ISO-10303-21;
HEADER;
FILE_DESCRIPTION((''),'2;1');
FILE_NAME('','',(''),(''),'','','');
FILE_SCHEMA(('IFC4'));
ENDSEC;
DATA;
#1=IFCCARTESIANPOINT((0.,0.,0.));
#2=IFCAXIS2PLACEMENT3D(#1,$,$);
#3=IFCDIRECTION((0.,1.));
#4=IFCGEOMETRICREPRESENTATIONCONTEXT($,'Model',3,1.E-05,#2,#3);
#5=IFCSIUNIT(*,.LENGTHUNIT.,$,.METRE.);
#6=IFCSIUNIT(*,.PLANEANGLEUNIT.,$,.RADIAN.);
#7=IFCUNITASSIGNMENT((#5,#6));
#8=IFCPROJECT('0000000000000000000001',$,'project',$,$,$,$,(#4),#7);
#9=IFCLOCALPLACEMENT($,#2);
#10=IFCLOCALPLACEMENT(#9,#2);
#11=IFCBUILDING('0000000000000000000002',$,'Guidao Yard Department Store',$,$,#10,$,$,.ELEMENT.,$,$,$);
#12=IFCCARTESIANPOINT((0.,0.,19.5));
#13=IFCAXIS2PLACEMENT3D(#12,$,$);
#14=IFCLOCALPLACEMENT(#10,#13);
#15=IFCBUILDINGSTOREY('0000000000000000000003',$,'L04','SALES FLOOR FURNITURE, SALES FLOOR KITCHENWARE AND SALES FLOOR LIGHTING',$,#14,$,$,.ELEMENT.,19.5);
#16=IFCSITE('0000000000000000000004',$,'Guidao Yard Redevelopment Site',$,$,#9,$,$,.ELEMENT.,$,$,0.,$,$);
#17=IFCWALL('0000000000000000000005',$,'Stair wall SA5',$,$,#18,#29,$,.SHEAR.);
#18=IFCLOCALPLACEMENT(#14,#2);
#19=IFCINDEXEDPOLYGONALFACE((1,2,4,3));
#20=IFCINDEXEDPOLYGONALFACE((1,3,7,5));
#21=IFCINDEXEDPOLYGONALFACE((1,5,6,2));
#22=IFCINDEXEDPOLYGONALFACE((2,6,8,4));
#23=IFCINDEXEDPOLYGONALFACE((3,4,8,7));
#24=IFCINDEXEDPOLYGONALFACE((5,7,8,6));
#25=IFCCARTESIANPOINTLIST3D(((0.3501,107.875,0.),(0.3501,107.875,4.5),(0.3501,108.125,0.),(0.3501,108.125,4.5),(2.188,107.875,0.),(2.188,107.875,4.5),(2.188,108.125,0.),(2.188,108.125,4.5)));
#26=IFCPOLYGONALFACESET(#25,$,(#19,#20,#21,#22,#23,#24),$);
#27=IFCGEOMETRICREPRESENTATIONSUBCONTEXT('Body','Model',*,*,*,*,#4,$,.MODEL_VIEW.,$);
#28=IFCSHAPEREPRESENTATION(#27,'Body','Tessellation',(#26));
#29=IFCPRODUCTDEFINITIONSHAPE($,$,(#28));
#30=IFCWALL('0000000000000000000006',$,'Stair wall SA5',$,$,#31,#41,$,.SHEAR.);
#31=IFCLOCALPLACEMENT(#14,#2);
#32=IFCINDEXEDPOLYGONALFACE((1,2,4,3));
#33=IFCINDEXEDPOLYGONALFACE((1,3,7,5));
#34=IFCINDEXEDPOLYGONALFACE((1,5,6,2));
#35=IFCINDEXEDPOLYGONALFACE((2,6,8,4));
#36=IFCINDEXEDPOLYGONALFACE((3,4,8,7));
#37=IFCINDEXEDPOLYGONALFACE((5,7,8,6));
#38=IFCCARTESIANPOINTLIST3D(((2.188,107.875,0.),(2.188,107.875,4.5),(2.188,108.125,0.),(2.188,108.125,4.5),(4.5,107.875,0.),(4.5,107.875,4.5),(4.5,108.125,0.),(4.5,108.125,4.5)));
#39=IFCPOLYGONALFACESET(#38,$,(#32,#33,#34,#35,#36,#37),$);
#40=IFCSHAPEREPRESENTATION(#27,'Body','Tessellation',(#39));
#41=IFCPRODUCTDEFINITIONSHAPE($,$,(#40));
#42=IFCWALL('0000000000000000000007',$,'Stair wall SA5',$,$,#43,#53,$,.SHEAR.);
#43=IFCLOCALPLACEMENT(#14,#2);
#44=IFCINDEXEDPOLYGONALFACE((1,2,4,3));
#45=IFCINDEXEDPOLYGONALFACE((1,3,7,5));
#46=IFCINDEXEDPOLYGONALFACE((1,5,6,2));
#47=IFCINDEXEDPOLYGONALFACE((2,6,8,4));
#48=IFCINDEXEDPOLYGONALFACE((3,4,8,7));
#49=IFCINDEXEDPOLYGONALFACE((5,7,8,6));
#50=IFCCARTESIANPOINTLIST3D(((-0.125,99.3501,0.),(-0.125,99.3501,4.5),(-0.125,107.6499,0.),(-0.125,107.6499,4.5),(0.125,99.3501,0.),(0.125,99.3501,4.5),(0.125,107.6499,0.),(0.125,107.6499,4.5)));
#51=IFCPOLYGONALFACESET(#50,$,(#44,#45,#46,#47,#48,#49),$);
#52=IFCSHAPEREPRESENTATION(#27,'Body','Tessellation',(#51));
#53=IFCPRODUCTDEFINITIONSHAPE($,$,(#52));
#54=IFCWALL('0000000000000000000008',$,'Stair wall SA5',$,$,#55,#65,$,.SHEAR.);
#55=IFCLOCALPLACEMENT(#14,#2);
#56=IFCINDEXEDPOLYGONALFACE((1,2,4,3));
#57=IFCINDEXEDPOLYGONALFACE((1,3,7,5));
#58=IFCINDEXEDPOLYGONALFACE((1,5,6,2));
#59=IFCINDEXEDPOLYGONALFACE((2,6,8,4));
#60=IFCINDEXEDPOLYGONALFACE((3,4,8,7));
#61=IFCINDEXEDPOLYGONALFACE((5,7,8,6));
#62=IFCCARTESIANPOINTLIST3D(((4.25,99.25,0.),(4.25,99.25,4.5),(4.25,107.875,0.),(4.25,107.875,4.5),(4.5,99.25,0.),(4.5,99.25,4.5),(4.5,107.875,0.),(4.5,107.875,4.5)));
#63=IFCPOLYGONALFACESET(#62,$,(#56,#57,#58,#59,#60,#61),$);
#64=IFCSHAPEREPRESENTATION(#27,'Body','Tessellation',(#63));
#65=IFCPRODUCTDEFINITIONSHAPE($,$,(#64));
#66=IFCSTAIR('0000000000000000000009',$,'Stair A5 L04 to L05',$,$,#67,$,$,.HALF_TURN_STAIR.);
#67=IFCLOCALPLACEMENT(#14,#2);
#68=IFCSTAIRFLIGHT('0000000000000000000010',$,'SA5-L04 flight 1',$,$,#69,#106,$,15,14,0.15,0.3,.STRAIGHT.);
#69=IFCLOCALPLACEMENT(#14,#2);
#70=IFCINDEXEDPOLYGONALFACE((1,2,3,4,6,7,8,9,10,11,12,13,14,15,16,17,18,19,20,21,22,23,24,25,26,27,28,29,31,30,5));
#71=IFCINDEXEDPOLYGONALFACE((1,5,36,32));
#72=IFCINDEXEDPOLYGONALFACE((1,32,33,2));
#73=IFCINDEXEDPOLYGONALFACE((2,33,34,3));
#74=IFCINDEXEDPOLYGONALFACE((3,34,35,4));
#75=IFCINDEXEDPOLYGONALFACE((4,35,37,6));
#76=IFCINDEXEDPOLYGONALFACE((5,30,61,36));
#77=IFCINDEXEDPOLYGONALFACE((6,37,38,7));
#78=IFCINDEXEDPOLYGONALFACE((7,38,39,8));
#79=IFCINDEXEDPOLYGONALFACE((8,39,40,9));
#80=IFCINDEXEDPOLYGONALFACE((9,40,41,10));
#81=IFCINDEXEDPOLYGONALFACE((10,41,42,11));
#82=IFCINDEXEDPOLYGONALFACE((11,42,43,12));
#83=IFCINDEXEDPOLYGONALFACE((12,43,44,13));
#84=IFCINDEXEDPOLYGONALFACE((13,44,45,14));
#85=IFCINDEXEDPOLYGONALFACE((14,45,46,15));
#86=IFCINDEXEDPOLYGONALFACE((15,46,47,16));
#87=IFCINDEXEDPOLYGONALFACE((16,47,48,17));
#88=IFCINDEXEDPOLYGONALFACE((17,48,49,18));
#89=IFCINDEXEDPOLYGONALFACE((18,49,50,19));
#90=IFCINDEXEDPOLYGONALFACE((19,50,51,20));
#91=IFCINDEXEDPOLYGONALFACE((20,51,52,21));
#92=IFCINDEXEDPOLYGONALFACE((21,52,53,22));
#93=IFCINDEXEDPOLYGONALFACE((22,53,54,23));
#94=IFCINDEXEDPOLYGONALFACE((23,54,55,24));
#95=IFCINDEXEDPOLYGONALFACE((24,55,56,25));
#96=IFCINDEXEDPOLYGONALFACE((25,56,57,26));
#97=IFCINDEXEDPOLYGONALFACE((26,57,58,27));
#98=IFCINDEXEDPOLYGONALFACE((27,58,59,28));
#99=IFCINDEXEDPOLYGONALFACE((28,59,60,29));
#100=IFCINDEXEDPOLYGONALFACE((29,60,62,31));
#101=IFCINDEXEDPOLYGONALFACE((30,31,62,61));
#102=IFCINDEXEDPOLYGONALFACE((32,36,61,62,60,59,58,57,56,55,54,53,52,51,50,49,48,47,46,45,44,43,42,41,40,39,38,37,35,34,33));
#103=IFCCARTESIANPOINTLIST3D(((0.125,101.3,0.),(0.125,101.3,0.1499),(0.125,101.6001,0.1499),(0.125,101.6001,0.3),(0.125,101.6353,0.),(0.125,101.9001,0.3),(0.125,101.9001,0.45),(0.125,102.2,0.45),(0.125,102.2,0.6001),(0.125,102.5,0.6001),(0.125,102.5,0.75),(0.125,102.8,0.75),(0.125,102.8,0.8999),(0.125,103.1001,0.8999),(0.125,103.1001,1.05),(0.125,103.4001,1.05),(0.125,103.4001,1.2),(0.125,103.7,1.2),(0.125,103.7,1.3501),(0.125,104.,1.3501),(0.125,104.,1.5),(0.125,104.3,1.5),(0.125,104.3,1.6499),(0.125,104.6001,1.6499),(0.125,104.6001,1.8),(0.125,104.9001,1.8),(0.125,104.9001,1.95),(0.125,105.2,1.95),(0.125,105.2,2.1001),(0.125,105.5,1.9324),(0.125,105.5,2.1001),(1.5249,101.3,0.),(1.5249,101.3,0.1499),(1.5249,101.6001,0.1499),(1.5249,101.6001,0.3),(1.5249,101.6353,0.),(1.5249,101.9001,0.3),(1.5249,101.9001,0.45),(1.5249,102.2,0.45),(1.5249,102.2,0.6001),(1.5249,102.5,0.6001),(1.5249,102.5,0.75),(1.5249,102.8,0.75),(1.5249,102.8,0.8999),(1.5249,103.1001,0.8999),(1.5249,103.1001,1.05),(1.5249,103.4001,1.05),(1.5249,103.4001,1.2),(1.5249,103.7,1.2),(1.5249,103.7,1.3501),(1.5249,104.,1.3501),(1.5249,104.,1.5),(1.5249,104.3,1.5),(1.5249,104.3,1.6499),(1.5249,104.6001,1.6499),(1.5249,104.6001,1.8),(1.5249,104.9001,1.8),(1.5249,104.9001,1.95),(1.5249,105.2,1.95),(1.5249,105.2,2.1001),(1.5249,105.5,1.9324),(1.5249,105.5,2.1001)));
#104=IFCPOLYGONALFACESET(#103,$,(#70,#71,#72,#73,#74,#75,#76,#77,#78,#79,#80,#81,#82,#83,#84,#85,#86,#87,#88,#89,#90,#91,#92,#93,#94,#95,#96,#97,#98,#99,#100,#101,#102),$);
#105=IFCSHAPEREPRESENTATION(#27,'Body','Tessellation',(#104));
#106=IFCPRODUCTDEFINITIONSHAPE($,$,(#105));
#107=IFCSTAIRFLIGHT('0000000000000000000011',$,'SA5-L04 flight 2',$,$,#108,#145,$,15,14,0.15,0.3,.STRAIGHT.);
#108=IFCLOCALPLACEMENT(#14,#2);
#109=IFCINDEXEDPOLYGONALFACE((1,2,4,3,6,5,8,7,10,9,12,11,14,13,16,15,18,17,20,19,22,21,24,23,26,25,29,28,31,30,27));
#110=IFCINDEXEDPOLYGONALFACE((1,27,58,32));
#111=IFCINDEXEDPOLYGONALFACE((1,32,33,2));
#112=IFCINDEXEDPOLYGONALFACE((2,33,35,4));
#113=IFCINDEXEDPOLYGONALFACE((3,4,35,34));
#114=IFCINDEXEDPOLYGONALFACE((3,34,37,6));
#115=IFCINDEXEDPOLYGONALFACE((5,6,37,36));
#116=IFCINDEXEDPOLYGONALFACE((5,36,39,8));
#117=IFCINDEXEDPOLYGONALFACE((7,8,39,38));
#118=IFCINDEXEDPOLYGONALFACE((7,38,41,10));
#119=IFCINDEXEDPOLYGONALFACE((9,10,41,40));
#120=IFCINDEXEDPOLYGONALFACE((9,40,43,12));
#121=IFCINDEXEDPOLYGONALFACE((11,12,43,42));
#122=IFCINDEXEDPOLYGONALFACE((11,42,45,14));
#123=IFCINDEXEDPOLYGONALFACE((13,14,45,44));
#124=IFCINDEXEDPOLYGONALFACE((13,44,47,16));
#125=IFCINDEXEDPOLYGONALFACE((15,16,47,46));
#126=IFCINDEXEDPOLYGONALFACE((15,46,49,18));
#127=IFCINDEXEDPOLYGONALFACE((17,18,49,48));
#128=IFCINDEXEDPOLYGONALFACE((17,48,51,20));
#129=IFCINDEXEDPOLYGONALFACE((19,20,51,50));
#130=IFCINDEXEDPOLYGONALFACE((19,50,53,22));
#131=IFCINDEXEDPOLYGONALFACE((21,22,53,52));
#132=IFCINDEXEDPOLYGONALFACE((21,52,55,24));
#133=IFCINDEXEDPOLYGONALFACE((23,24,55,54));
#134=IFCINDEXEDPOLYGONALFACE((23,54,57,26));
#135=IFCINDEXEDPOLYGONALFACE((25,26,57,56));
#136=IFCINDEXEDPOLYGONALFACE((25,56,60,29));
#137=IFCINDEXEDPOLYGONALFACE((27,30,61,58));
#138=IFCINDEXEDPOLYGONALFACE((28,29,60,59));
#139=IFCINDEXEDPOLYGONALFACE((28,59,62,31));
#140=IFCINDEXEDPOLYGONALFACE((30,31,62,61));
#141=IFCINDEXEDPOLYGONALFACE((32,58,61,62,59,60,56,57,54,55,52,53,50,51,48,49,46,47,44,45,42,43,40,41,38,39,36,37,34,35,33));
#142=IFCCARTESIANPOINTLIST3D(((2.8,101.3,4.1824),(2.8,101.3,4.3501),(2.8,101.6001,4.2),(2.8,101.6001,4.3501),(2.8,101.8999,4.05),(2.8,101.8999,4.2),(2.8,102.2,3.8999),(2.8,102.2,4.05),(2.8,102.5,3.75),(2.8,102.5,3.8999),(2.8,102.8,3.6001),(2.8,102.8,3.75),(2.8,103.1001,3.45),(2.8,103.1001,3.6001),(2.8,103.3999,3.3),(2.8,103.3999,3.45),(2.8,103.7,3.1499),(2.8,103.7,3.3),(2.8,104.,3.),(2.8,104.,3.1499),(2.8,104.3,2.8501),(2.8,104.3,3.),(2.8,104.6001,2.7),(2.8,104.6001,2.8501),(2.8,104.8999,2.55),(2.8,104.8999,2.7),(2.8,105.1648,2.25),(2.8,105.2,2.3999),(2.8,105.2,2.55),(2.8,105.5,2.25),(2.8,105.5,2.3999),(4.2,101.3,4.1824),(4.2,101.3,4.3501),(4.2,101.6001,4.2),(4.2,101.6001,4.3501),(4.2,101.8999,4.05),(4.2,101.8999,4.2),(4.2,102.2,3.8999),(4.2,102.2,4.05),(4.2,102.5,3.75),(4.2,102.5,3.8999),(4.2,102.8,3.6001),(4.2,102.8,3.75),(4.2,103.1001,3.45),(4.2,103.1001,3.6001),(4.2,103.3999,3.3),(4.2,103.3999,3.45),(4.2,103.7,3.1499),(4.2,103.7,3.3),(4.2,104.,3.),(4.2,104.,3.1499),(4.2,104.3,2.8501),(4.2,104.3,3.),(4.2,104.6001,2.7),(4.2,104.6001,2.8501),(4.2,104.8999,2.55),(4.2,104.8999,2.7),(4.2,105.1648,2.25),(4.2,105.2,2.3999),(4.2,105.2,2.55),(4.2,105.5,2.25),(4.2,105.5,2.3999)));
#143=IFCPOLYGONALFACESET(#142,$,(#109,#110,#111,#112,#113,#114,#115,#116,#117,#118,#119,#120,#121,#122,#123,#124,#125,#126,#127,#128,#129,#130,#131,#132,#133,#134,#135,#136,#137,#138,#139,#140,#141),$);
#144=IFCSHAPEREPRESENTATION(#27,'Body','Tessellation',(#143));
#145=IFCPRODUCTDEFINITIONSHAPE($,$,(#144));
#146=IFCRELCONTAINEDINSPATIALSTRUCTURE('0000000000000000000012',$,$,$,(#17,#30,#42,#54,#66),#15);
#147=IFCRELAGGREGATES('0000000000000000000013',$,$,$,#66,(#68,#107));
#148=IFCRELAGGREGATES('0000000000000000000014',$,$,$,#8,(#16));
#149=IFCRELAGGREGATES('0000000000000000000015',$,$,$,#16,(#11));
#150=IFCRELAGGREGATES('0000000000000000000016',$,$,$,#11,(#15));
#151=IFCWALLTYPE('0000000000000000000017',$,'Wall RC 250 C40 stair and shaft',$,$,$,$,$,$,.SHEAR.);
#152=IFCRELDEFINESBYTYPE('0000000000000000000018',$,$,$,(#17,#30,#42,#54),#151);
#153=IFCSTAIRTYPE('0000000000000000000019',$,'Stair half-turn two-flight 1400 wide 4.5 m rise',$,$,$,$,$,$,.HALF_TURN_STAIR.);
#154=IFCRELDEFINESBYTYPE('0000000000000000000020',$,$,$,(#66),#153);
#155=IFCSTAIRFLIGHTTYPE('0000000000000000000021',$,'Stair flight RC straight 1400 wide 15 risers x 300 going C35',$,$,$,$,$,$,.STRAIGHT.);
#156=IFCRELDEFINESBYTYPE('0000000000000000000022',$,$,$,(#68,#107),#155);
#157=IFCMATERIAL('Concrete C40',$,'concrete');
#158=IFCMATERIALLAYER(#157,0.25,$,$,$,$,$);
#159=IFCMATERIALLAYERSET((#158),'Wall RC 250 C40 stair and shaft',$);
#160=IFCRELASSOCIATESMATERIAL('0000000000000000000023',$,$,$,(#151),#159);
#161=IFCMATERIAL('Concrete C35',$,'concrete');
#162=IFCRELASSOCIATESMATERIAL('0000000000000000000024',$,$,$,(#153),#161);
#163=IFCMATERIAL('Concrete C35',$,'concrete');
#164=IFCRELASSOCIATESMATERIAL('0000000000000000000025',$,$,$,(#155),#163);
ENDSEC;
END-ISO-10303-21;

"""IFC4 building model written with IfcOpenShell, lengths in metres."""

from ifc_helpers import new_model, si_unit, direction, frame, frame_2d, origin, place, context, subcontext, project, spatial, polyline, rectangle, outline, extrude, material, layer, layer_set, type_object, element, aggregate, save


model = new_model("IFC4")

# Units and contexts
model_context = context("Model", 3, precision=1e-05, world=origin(), true_north=direction((0.0, 1.0)))
body_context = subcontext(model_context, "Body", "Model", "MODEL_VIEW")
ifc_project = project(units=[si_unit("LENGTHUNIT", "METRE"), si_unit("PLANEANGLEUNIT", "RADIAN")], contexts=[model_context])

# Site, building, storey
site_placement = place(None, origin())
site = spatial("IfcSite", under=ifc_project, at=site_placement, Name="Guidao Yard Redevelopment Site", CompositionType="ELEMENT", RefElevation=0.0)
building_placement = place(site_placement, origin())
building = spatial("IfcBuilding", under=site, at=building_placement, Name="Guidao Yard Department Store", CompositionType="ELEMENT")
storey_placement = place(building_placement, frame((0.0, 0.0, 19.5)))
storey = spatial("IfcBuildingStorey", under=building, at=storey_placement, Name="L04", Description="SALES FLOOR FURNITURE, SALES FLOOR KITCHENWARE AND SALES FLOOR LIGHTING", CompositionType="ELEMENT", Elevation=19.5)

# Shared definitions
ifc_material_1 = material(Name="Concrete C40", Category="concrete")
ifc_layer_1 = layer(ifc_material_1, 0.25)
ifc_layer_set_1 = layer_set([ifc_layer_1], Name="Wall RC 250 C40 stair and shaft")
wall_type_1 = type_object("IfcWallType", Name="Wall RC 250 C40 stair and shaft", PredefinedType="SHEAR", material=ifc_layer_set_1)

# Walls
wall_1_placement = place(storey_placement, frame((0.3501, 108.0, 0.0), z_axis=(0.0, 0.0, 1.0), x_axis=(1.0, 0.0, 0.0)))
element("IfcWall", 1, at=wall_1_placement, inside=storey, type_object=wall_type_1, Name="Stair wall SA5", PredefinedType="SHEAR", context=body_context, shape_type="SweptSolid", body=[
    extrude(rectangle(XDim=1.8379, YDim=0.25, at=frame_2d((0.9189, 0.0))), origin(), (0.0, 0.0, 1.0), 4.5),
])
wall_2_placement = place(storey_placement, frame((2.188, 108.0, 0.0), z_axis=(0.0, 0.0, 1.0), x_axis=(1.0, 0.0, 0.0)))
element("IfcWall", 2, at=wall_2_placement, inside=storey, type_object=wall_type_1, Name="Stair wall SA5", PredefinedType="SHEAR", context=body_context, shape_type="SweptSolid", body=[
    extrude(rectangle(XDim=2.312, YDim=0.25, at=frame_2d((1.156, 0.0))), origin(), (0.0, 0.0, 1.0), 4.5),
])
wall_3_placement = place(storey_placement, frame((0.0, 99.3501, 0.0), z_axis=(0.0, 0.0, 1.0), x_axis=(0.0, 1.0, 0.0)))
element("IfcWall", 3, at=wall_3_placement, inside=storey, type_object=wall_type_1, Name="Stair wall SA5", PredefinedType="SHEAR", context=body_context, shape_type="SweptSolid", body=[
    extrude(rectangle(XDim=8.2998, YDim=0.25, at=frame_2d((4.1499, 0.0))), origin(), (0.0, 0.0, 1.0), 4.5),
])
wall_4_placement = place(storey_placement, frame((4.375, 99.25, 0.0), z_axis=(0.0, 0.0, 1.0), x_axis=(0.0, 1.0, 0.0)))
element("IfcWall", 4, at=wall_4_placement, inside=storey, type_object=wall_type_1, Name="Stair wall SA5", PredefinedType="SHEAR", context=body_context, shape_type="SweptSolid", body=[
    extrude(rectangle(XDim=8.625, YDim=0.25, at=frame_2d((4.3125, 0.0))), origin(), (0.0, 0.0, 1.0), 4.5),
])

# Stair, stair flights
ifc_material_2 = material(Name="Concrete C35", Category="concrete")
stair_type = type_object("IfcStairType", Name="Stair half-turn two-flight 1400 wide 4.5 m rise", PredefinedType="HALF_TURN_STAIR", material=ifc_material_2)
stair_placement = place(storey_placement, origin())
stair = element("IfcStair", 5, at=stair_placement, inside=storey, type_object=stair_type, Name="Stair A5 L04 to L05", PredefinedType="HALF_TURN_STAIR")
ifc_material_3 = material(Name="Concrete C35", Category="concrete")
stair_flight_type = type_object("IfcStairFlightType", Name="Stair flight RC straight 1400 wide 15 risers x 300 going C35", PredefinedType="STRAIGHT", material=ifc_material_3)
stair_flight_1_placement = place(storey_placement, frame((0.825, 101.3, 0.0), z_axis=(0.0, 0.0, 1.0), x_axis=(0.0, 1.0, 0.0)))
stair_flight_1 = element("IfcStairFlight", 6, at=stair_flight_1_placement, type_object=stair_flight_type, Name="SA5-L04 flight 1", NumberOfRisers=15, NumberOfTreads=14, PredefinedType="STRAIGHT", RiserHeight=0.15, TreadLength=0.3, context=body_context, shape_type="SweptSolid", body=[
    extrude(outline(polyline([(0.0, 0.0), (0.0, 0.1499), (0.3, 0.1499), (0.3, 0.3), (0.6001, 0.3), (0.6001, 0.45), (0.8999, 0.45), (0.8999, 0.6001), (1.2, 0.6001), (1.2, 0.75), (1.5, 0.75), (1.5, 0.8999), (1.8, 0.8999), (1.8, 1.05), (2.1001, 1.05), (2.1001, 1.2), (2.3999, 1.2), (2.3999, 1.3501), (2.7, 1.3501), (2.7, 1.5), (3.0, 1.5), (3.0, 1.6499), (3.3, 1.6499), (3.3, 1.8), (3.6001, 1.8), (3.6001, 1.95), (3.8999, 1.95), (3.8999, 2.1001), (4.2, 2.1001), (4.2, 2.25), (4.2, 1.9324), (0.3352, 0.0), (0.0, 0.0)])), frame((0.0, 0.7, 0.0), z_axis=(0.0, -1.0, 0.0), x_axis=(1.0, 0.0, 0.0)), (0.0, 0.0, 1.0), 1.3999),
])
stair_flight_2_placement = place(storey_placement, frame((3.5, 105.5, 2.25), z_axis=(0.0, 0.0, 1.0), x_axis=(0.0, -1.0, 0.0)))
stair_flight_2 = element("IfcStairFlight", 7, at=stair_flight_2_placement, type_object=stair_flight_type, Name="SA5-L04 flight 2", NumberOfRisers=15, NumberOfTreads=14, PredefinedType="STRAIGHT", RiserHeight=0.15, TreadLength=0.3, context=body_context, shape_type="SweptSolid", body=[
    extrude(outline(polyline([(0.0, 0.0), (0.0, 0.1499), (0.3, 0.1499), (0.3, 0.3), (0.6001, 0.3), (0.6001, 0.45), (0.8999, 0.45), (0.8999, 0.6001), (1.2, 0.6001), (1.2, 0.75), (1.5, 0.75), (1.5, 0.8999), (1.8, 0.8999), (1.8, 1.05), (2.1001, 1.05), (2.1001, 1.2), (2.3999, 1.2), (2.3999, 1.3501), (2.7, 1.3501), (2.7, 1.5), (3.0, 1.5), (3.0, 1.6499), (3.3, 1.6499), (3.3, 1.8), (3.6001, 1.8), (3.6001, 1.95), (3.8999, 1.95), (3.8999, 2.1001), (4.2, 2.1001), (4.2, 2.25), (4.2, 1.9324), (0.3352, 0.0), (0.0, 0.0)])), frame((0.0, 0.7, 0.0), z_axis=(0.0, -1.0, 0.0), x_axis=(1.0, 0.0, 0.0)), (0.0, 0.0, 1.0), 1.3999),
])
aggregate(stair, [stair_flight_1, stair_flight_2])

save(model, "model.ifc")
